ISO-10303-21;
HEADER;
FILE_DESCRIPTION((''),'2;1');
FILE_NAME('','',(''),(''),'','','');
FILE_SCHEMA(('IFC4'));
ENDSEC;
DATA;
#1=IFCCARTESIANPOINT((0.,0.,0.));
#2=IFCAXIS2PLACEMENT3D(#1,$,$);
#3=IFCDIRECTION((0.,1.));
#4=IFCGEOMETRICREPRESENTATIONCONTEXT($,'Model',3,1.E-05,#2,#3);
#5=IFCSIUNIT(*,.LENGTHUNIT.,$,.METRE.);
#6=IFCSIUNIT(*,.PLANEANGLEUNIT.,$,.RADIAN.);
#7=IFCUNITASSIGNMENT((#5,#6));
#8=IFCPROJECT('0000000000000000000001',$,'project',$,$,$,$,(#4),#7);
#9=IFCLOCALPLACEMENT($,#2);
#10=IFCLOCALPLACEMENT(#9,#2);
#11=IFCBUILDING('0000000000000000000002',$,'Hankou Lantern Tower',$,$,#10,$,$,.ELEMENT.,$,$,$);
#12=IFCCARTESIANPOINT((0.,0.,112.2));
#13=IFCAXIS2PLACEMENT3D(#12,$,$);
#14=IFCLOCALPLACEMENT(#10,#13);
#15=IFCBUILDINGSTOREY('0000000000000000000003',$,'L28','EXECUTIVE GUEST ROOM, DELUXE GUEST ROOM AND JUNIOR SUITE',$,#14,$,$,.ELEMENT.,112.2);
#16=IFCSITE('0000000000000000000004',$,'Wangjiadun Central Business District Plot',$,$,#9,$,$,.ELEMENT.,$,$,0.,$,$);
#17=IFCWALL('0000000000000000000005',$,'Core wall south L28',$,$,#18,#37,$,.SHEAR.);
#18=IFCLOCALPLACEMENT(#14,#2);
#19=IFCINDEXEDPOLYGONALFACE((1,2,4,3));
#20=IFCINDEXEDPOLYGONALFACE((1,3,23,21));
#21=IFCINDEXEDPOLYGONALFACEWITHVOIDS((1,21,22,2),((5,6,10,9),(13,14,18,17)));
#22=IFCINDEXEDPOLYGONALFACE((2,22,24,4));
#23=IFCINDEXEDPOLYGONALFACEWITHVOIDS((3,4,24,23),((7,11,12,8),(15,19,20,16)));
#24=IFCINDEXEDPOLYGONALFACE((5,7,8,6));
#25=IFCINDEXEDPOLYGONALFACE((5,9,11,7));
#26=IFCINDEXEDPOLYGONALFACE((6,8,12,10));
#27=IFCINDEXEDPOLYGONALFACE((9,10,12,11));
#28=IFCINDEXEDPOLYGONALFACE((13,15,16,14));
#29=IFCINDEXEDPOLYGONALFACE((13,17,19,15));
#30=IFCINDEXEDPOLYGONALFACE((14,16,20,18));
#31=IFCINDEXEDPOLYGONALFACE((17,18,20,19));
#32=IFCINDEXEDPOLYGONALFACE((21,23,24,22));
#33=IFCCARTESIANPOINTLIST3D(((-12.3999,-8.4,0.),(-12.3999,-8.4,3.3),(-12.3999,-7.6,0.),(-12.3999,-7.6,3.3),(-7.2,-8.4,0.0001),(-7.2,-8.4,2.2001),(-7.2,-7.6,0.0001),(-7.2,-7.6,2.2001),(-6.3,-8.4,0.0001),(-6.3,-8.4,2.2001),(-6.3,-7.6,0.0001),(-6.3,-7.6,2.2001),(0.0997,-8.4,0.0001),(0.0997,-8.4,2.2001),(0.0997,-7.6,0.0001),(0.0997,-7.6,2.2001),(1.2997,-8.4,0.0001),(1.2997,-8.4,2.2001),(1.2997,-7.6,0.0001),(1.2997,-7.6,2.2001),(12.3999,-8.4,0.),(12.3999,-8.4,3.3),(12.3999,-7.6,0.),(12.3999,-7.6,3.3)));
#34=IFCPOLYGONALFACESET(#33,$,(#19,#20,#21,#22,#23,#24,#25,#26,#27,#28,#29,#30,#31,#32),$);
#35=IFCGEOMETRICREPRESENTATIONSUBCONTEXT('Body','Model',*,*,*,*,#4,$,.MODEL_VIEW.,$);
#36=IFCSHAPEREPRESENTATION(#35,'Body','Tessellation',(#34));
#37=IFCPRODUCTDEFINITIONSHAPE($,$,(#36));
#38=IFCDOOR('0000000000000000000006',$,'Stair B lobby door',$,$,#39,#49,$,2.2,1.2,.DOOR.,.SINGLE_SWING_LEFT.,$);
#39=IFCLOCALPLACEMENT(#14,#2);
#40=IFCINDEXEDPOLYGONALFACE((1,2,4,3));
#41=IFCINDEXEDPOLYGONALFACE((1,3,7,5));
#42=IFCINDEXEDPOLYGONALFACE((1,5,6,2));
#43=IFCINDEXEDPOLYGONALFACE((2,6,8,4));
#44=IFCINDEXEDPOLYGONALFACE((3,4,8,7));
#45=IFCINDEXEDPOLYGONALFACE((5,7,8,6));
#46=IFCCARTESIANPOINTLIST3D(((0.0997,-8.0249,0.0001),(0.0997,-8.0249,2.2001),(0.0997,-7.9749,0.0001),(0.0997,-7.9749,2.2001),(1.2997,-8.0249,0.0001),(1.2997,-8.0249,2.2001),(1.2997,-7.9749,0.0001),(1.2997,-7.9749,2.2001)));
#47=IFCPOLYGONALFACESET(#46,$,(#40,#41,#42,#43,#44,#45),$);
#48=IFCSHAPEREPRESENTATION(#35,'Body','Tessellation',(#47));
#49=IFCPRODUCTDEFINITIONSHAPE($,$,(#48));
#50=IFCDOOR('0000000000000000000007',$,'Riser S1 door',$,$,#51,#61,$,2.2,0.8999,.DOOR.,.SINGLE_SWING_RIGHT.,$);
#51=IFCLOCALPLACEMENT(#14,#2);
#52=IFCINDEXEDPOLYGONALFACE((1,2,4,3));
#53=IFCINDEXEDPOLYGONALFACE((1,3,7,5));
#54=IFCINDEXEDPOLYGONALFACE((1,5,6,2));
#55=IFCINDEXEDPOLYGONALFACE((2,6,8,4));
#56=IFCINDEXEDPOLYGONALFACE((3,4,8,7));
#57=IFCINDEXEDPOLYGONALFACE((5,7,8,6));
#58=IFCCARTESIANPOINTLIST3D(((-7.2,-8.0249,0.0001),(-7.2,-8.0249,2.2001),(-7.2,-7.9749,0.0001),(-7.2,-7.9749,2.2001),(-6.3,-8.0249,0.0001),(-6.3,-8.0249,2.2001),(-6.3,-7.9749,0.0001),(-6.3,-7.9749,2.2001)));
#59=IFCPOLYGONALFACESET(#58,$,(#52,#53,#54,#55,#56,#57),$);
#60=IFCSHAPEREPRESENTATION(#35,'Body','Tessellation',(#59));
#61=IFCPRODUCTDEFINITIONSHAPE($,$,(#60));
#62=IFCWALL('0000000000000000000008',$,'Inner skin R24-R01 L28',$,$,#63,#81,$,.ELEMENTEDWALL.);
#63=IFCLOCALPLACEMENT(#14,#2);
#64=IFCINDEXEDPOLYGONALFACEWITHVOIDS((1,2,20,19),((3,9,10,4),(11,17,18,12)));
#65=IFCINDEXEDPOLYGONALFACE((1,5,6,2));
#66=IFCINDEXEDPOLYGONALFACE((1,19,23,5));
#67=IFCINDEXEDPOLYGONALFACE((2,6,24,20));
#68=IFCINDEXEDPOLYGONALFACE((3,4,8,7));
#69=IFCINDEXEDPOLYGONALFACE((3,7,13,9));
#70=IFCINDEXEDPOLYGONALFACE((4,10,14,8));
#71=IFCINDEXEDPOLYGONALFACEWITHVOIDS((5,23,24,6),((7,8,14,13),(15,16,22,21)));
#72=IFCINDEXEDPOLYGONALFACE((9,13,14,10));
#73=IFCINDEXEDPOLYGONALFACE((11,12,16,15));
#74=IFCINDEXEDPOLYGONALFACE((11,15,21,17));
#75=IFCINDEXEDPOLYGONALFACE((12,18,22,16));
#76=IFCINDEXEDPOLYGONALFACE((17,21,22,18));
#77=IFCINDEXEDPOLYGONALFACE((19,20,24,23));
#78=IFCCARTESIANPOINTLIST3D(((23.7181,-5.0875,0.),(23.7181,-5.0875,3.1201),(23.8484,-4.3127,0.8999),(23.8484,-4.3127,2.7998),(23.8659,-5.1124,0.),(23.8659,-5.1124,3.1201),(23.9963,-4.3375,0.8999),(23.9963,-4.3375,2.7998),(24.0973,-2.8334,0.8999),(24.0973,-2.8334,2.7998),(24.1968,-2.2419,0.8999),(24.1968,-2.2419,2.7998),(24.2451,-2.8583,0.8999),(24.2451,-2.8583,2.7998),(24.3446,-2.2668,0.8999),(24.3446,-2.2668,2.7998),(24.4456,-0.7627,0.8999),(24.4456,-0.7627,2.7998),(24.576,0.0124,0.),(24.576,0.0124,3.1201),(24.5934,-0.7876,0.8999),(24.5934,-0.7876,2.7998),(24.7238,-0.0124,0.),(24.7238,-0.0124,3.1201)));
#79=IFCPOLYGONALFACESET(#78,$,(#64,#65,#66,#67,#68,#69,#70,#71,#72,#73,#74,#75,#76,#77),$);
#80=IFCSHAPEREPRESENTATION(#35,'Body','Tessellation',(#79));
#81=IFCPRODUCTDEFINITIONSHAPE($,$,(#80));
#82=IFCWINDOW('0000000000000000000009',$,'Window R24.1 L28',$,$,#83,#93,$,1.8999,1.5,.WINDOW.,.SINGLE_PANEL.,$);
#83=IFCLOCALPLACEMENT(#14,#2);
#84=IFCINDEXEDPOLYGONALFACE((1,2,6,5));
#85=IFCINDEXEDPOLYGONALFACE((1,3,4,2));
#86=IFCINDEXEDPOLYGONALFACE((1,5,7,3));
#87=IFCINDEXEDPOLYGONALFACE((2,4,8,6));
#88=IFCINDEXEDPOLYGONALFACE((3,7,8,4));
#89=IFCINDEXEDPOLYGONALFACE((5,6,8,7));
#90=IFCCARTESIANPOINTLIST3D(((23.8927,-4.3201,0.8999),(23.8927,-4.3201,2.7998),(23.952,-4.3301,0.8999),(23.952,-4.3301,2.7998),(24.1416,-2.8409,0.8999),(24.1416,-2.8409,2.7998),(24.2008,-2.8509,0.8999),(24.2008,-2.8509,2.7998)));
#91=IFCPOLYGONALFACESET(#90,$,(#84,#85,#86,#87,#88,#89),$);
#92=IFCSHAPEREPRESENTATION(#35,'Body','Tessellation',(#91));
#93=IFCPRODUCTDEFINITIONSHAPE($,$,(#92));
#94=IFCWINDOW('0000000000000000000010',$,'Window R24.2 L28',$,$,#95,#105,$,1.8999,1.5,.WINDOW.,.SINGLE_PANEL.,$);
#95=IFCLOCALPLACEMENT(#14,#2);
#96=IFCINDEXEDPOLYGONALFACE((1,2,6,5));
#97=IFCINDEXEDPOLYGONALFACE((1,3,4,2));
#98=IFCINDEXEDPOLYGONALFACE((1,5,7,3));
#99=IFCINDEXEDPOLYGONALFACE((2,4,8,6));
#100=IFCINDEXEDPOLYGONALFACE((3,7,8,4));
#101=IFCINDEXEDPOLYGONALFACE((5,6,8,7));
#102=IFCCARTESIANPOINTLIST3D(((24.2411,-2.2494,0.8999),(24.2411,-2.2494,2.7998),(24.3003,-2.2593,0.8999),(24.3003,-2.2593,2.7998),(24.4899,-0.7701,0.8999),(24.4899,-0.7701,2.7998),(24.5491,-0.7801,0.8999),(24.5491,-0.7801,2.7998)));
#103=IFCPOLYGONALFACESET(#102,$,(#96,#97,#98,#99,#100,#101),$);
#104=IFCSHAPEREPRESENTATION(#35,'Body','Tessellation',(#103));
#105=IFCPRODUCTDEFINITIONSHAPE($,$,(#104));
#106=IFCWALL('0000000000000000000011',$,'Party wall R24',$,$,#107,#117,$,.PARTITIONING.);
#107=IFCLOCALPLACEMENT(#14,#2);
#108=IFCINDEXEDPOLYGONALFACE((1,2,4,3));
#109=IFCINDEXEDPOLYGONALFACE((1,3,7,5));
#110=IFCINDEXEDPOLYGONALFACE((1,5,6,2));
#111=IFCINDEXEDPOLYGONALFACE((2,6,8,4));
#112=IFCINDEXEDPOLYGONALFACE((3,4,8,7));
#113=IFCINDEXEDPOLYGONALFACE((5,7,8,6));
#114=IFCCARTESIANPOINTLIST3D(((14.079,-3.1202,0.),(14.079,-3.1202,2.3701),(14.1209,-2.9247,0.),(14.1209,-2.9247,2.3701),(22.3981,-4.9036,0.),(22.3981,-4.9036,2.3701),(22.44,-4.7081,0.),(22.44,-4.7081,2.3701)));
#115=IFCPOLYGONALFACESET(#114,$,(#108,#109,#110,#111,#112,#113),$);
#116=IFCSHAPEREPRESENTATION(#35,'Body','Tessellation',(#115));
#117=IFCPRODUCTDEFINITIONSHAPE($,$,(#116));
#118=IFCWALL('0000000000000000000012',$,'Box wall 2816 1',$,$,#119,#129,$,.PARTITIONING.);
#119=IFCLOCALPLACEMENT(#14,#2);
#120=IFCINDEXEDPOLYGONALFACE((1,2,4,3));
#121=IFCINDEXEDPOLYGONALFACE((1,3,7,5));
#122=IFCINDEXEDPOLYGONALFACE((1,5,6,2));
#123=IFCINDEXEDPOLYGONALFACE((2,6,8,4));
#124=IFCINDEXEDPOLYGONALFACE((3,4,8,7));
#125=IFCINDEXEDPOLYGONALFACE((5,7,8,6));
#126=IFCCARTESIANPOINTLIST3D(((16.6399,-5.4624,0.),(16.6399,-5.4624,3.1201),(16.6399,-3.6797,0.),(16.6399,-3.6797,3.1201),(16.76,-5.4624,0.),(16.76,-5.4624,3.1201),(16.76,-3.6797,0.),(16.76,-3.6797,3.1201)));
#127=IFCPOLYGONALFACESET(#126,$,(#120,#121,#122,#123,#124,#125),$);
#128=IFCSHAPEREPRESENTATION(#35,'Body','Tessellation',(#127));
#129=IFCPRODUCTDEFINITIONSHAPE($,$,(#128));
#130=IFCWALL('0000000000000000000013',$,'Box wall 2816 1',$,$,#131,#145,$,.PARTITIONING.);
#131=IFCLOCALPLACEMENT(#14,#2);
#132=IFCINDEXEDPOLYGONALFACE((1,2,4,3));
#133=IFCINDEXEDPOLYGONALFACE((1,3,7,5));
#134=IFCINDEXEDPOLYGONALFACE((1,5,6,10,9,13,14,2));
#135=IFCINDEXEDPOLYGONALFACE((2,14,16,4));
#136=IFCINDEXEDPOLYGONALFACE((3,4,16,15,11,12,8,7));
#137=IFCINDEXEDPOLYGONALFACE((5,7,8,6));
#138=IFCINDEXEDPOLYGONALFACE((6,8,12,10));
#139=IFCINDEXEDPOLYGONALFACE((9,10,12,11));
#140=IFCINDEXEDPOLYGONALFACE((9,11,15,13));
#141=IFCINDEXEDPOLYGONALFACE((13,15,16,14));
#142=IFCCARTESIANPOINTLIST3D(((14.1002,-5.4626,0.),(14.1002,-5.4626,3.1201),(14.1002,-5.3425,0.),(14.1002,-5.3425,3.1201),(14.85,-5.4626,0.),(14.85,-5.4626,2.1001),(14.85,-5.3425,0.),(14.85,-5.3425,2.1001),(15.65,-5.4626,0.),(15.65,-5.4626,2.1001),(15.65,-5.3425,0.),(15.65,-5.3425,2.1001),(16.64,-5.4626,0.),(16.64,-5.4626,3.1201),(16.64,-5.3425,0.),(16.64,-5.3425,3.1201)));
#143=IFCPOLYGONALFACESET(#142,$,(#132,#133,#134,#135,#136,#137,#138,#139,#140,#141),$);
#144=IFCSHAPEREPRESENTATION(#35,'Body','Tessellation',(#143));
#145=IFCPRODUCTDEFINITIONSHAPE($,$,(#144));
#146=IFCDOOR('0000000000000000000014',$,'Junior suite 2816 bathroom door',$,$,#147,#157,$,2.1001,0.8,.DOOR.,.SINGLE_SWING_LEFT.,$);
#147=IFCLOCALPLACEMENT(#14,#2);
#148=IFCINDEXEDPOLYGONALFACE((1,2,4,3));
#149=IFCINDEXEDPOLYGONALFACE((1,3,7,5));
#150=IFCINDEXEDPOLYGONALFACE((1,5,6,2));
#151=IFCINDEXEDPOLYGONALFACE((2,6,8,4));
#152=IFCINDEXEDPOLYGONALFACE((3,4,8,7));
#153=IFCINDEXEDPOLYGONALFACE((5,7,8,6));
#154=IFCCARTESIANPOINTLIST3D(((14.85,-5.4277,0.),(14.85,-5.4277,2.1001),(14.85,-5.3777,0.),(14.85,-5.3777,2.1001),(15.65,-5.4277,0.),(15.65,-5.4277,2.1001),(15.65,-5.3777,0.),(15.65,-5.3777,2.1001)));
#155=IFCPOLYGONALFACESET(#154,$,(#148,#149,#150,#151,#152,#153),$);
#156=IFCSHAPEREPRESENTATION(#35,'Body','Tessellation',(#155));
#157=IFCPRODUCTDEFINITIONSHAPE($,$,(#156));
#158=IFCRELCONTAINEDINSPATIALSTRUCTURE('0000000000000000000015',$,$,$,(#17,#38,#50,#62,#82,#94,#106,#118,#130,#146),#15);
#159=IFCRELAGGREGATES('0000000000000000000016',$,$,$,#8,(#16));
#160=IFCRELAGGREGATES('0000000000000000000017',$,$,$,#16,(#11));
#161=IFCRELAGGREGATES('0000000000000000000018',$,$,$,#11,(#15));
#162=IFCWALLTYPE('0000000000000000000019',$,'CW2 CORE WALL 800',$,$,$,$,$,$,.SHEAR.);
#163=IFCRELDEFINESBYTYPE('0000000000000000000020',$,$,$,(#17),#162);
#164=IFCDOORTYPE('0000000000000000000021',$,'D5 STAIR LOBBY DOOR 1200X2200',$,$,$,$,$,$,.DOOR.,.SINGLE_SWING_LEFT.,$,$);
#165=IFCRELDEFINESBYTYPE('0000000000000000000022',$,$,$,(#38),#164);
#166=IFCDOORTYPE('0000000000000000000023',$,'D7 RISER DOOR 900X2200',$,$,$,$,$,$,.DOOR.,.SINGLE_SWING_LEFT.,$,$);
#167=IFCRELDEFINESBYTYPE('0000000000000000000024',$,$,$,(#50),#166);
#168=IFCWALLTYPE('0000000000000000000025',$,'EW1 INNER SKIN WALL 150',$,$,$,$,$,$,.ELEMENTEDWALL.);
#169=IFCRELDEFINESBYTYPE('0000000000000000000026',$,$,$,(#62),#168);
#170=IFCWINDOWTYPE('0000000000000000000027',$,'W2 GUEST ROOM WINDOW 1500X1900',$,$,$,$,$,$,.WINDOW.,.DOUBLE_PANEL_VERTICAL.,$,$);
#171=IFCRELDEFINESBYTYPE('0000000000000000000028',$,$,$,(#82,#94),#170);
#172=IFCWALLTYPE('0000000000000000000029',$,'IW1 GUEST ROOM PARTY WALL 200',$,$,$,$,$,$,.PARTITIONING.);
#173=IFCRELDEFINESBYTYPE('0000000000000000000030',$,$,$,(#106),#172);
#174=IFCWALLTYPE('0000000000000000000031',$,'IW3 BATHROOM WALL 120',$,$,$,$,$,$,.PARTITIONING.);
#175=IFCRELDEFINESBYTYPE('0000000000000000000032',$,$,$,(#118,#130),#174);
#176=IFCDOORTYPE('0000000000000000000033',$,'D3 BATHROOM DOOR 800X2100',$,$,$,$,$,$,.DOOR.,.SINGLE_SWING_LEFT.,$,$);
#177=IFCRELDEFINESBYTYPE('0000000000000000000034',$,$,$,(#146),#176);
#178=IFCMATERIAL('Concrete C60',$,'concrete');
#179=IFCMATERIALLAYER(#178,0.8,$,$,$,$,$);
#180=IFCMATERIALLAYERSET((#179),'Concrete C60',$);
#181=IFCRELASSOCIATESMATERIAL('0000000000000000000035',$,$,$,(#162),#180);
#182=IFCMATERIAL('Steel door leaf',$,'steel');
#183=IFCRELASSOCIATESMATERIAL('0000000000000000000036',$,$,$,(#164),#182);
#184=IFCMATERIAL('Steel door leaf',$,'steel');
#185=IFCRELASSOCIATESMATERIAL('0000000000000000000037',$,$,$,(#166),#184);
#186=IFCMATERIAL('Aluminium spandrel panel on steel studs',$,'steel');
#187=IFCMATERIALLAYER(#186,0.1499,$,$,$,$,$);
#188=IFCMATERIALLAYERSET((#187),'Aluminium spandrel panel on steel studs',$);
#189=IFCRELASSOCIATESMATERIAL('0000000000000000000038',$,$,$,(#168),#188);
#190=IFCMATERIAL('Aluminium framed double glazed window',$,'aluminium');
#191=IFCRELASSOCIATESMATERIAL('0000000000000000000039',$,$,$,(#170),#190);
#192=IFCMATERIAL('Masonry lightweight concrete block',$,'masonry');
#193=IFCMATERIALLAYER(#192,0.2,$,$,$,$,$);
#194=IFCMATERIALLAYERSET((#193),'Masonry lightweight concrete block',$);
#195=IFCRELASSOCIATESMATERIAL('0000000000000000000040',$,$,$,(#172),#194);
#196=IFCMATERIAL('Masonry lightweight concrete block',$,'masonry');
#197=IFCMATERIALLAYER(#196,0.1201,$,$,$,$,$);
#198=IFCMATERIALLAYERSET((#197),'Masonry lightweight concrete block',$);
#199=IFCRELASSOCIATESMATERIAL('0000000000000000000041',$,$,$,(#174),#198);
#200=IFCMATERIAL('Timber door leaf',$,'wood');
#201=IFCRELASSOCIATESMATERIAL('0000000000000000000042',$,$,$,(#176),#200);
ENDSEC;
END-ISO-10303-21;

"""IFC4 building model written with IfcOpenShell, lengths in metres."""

from ifc_helpers import new_model, si_unit, direction, frame, frame_2d, origin, place, context, subcontext, project, spatial, rectangle, extrude, material, layer, layer_set, type_object, element, fill, save


model = new_model("IFC4")

# Units and contexts
model_context = context("Model", 3, precision=1e-05, world=origin(), true_north=direction((0.0, 1.0)))
body_context = subcontext(model_context, "Body", "Model", "MODEL_VIEW")
ifc_project = project(units=[si_unit("LENGTHUNIT", "METRE"), si_unit("PLANEANGLEUNIT", "RADIAN")], contexts=[model_context])

# Site, building, storey
site_placement = place(None, origin())
site = spatial("IfcSite", under=ifc_project, at=site_placement, Name="Wangjiadun Central Business District Plot", CompositionType="ELEMENT", RefElevation=0.0)
building_placement = place(site_placement, origin())
building = spatial("IfcBuilding", under=site, at=building_placement, Name="Hankou Lantern Tower", CompositionType="ELEMENT")
storey_placement = place(building_placement, frame((0.0, 0.0, 112.2)))
storey = spatial("IfcBuildingStorey", under=building, at=storey_placement, Name="L28", Description="EXECUTIVE GUEST ROOM, DELUXE GUEST ROOM AND JUNIOR SUITE", CompositionType="ELEMENT", Elevation=112.2)

# Wall, openings, doors
ifc_material_1 = material(Name="Concrete C60", Category="concrete")
ifc_layer_1 = layer(ifc_material_1, 0.8)
ifc_layer_set_1 = layer_set([ifc_layer_1], Name="Concrete C60")
wall_type_1 = type_object("IfcWallType", Name="CW2 CORE WALL 800", PredefinedType="SHEAR", material=ifc_layer_set_1)
wall_1_placement = place(storey_placement, frame((12.3999, -8.0, 0.0), z_axis=(0.0, 0.0, 1.0), x_axis=(-1.0, 0.0, 0.0)))
wall_1 = element("IfcWall", 1, at=wall_1_placement, inside=storey, type_object=wall_type_1, Name="Core wall south L28", PredefinedType="SHEAR", context=body_context, shape_type="SweptSolid", body=[
    extrude(rectangle(XDim=24.7998, YDim=0.8, at=frame_2d((12.3999, 0.0))), origin(), (0.0, 0.0, 1.0), 3.3),
])
opening_1_placement = place(wall_1_placement, frame((11.1001, 0.0, 0.0)))
opening_1 = element("IfcOpeningElement", 2, at=opening_1_placement, cuts=wall_1, PredefinedType="OPENING", context=body_context, shape_type="SweptSolid", body=[
    extrude(rectangle(XDim=1.2, YDim=2.2, at=frame_2d((0.6001, 1.1001))), frame((0.0, 0.4099, 0.0), z_axis=(0.0, -1.0, 0.0), x_axis=(1.0, 0.0, 0.0)), (0.0, 0.0, 1.0), 0.8201),
])
opening_2_placement = place(wall_1_placement, frame((18.7, 0.0, 0.0)))
opening_2 = element("IfcOpeningElement", 3, at=opening_2_placement, cuts=wall_1, PredefinedType="OPENING", context=body_context, shape_type="SweptSolid", body=[
    extrude(rectangle(XDim=0.8999, YDim=2.2, at=frame_2d((0.45, 1.1001))), frame((0.0, 0.4099, 0.0), z_axis=(0.0, -1.0, 0.0), x_axis=(1.0, 0.0, 0.0)), (0.0, 0.0, 1.0), 0.8201),
])
ifc_material_2 = material(Name="Steel door leaf", Category="steel")
door_type_1 = type_object("IfcDoorType", Name="D5 STAIR LOBBY DOOR 1200X2200", OperationType="SINGLE_SWING_LEFT", PredefinedType="DOOR", material=ifc_material_2)
door_1_placement = place(opening_1_placement, origin())
door_1 = element("IfcDoor", 4, at=door_1_placement, inside=storey, type_object=door_type_1, Name="Stair B lobby door", OperationType="SINGLE_SWING_LEFT", OverallHeight=2.2, OverallWidth=1.2, PredefinedType="DOOR", context=body_context, shape_type="SweptSolid", body=[
    extrude(rectangle(XDim=1.2, YDim=2.2, at=frame_2d((0.6001, 1.1001))), frame((0.0, 0.0249, 0.0), z_axis=(0.0, -1.0, 0.0), x_axis=(1.0, 0.0, 0.0)), (0.0, 0.0, 1.0), 0.05),
])
fill(opening_1, door_1)
ifc_material_3 = material(Name="Steel door leaf", Category="steel")
door_type_2 = type_object("IfcDoorType", Name="D7 RISER DOOR 900X2200", OperationType="SINGLE_SWING_LEFT", PredefinedType="DOOR", material=ifc_material_3)
door_2_placement = place(opening_2_placement, origin())
door_2 = element("IfcDoor", 5, at=door_2_placement, inside=storey, type_object=door_type_2, Name="Riser S1 door", OperationType="SINGLE_SWING_RIGHT", OverallHeight=2.2, OverallWidth=0.8999, PredefinedType="DOOR", context=body_context, shape_type="SweptSolid", body=[
    extrude(rectangle(XDim=0.8999, YDim=2.2, at=frame_2d((0.45, 1.1001))), frame((0.0, 0.0249, 0.0), z_axis=(0.0, -1.0, 0.0), x_axis=(1.0, 0.0, 0.0)), (0.0, 0.0, 1.0), 0.05),
])
fill(opening_2, door_2)

# Wall, openings, windows
ifc_material_4 = material(Name="Aluminium spandrel panel on steel studs", Category="steel")
ifc_layer_2 = layer(ifc_material_4, 0.1499)
ifc_layer_set_2 = layer_set([ifc_layer_2], Name="Aluminium spandrel panel on steel studs")
wall_type_2 = type_object("IfcWallType", Name="EW1 INNER SKIN WALL 150", PredefinedType="ELEMENTEDWALL", material=ifc_layer_set_2)
wall_2_placement = place(storey_placement, frame((23.792, -5.1001, 0.0), z_axis=(0.0, 0.0, 1.0), x_axis=(0.165884, 0.986145, 0.0)))
wall_2 = element("IfcWall", 6, at=wall_2_placement, inside=storey, type_object=wall_type_2, Name="Inner skin R24-R01 L28", PredefinedType="ELEMENTEDWALL", context=body_context, shape_type="SweptSolid", body=[
    extrude(rectangle(XDim=5.1716, YDim=0.1499, at=frame_2d((2.5859, 0.0))), origin(), (0.0, 0.0, 1.0), 3.1201),
])
opening_3_placement = place(wall_2_placement, frame((0.7859, 0.0, 0.8999)))
opening_3 = element("IfcOpeningElement", 7, at=opening_3_placement, cuts=wall_2, PredefinedType="OPENING", context=body_context, shape_type="SweptSolid", body=[
    extrude(rectangle(XDim=1.5, YDim=1.8999, at=frame_2d((0.75, 0.95))), frame((0.0, 0.085, 0.0), z_axis=(0.0, -1.0, 0.0), x_axis=(1.0, 0.0, 0.0)), (0.0, 0.0, 1.0), 0.1699),
])
opening_4_placement = place(wall_2_placement, frame((2.8857, 0.0, 0.8999)))
opening_4 = element("IfcOpeningElement", 8, at=opening_4_placement, cuts=wall_2, PredefinedType="OPENING", context=body_context, shape_type="SweptSolid", body=[
    extrude(rectangle(XDim=1.5, YDim=1.8999, at=frame_2d((0.75, 0.95))), frame((0.0, 0.085, 0.0), z_axis=(0.0, -1.0, 0.0), x_axis=(1.0, 0.0, 0.0)), (0.0, 0.0, 1.0), 0.1699),
])
ifc_material_5 = material(Name="Aluminium framed double glazed window", Category="aluminium")
window_type = type_object("IfcWindowType", Name="W2 GUEST ROOM WINDOW 1500X1900", PartitioningType="DOUBLE_PANEL_VERTICAL", PredefinedType="WINDOW", material=ifc_material_5)
window_1_placement = place(opening_3_placement, origin())
window_1 = element("IfcWindow", 9, at=window_1_placement, inside=storey, type_object=window_type, Name="Window R24.1 L28", OverallHeight=1.8999, OverallWidth=1.5, PartitioningType="SINGLE_PANEL", PredefinedType="WINDOW", context=body_context, shape_type="SweptSolid", body=[
    extrude(rectangle(XDim=1.5, YDim=1.8999, at=frame_2d((0.75, 0.95))), frame((0.0, 0.03, 0.0), z_axis=(0.0, -1.0, 0.0), x_axis=(1.0, 0.0, 0.0)), (0.0, 0.0, 1.0), 0.0601),
])
fill(opening_3, window_1)
window_2_placement = place(opening_4_placement, origin())
window_2 = element("IfcWindow", 10, at=window_2_placement, inside=storey, type_object=window_type, Name="Window R24.2 L28", OverallHeight=1.8999, OverallWidth=1.5, PartitioningType="SINGLE_PANEL", PredefinedType="WINDOW", context=body_context, shape_type="SweptSolid", body=[
    extrude(rectangle(XDim=1.5, YDim=1.8999, at=frame_2d((0.75, 0.95))), frame((0.0, 0.03, 0.0), z_axis=(0.0, -1.0, 0.0), x_axis=(1.0, 0.0, 0.0)), (0.0, 0.0, 1.0), 0.0601),
])
fill(opening_4, window_2)

# Walls
ifc_material_6 = material(Name="Masonry lightweight concrete block", Category="masonry")
ifc_layer_3 = layer(ifc_material_6, 0.2)
ifc_layer_set_3 = layer_set([ifc_layer_3], Name="Masonry lightweight concrete block")
wall_type_3 = type_object("IfcWallType", Name="IW1 GUEST ROOM PARTY WALL 200", PredefinedType="PARTITIONING", material=ifc_layer_set_3)
wall_3_placement = place(storey_placement, frame((14.1001, -3.0225, 0.0), z_axis=(0.0, 0.0, 1.0), x_axis=(0.977784, -0.209617, 0.0)))
element("IfcWall", 11, at=wall_3_placement, inside=storey, type_object=wall_type_3, Name="Party wall R24", PredefinedType="PARTITIONING", context=body_context, shape_type="SweptSolid", body=[
    extrude(rectangle(XDim=8.5081, YDim=0.2, at=frame_2d((4.2539, 0.0))), origin(), (0.0, 0.0, 1.0), 2.3701),
])
ifc_material_7 = material(Name="Masonry lightweight concrete block", Category="masonry")
ifc_layer_4 = layer(ifc_material_7, 0.1201)
ifc_layer_set_4 = layer_set([ifc_layer_4], Name="Masonry lightweight concrete block")
wall_type_4 = type_object("IfcWallType", Name="IW3 BATHROOM WALL 120", PredefinedType="PARTITIONING", material=ifc_layer_set_4)
wall_4_placement = place(storey_placement, frame((16.7, -3.6797, 0.0), z_axis=(0.0, 0.0, 1.0), x_axis=(0.0, -1.0, 0.0)))
element("IfcWall", 12, at=wall_4_placement, inside=storey, type_object=wall_type_4, Name="Box wall 2816 1", PredefinedType="PARTITIONING", context=body_context, shape_type="SweptSolid", body=[
    extrude(rectangle(XDim=1.7827, YDim=0.1201, at=frame_2d((0.8914, 0.0))), origin(), (0.0, 0.0, 1.0), 3.1201),
])

# Wall, opening, door
wall_5_placement = place(storey_placement, frame((14.1001, -5.4026, 0.0), z_axis=(0.0, 0.0, 1.0), x_axis=(1.0, 0.0, 0.0)))
wall_5 = element("IfcWall", 13, at=wall_5_placement, inside=storey, type_object=wall_type_4, Name="Box wall 2816 1", PredefinedType="PARTITIONING", context=body_context, shape_type="SweptSolid", body=[
    extrude(rectangle(XDim=2.5398, YDim=0.1201, at=frame_2d((1.27, 0.0))), origin(), (0.0, 0.0, 1.0), 3.1201),
])
opening_5_placement = place(wall_5_placement, frame((0.75, 0.0, 0.0)))
opening_5 = element("IfcOpeningElement", 14, at=opening_5_placement, cuts=wall_5, PredefinedType="OPENING", context=body_context, shape_type="SweptSolid", body=[
    extrude(rectangle(XDim=0.8, YDim=2.1001, at=frame_2d((0.3999, 1.05))), frame((0.0, 0.0701, 0.0), z_axis=(0.0, -1.0, 0.0), x_axis=(1.0, 0.0, 0.0)), (0.0, 0.0, 1.0), 0.1401),
])
ifc_material_8 = material(Name="Timber door leaf", Category="wood")
door_type_3 = type_object("IfcDoorType", Name="D3 BATHROOM DOOR 800X2100", OperationType="SINGLE_SWING_LEFT", PredefinedType="DOOR", material=ifc_material_8)
door_3_placement = place(opening_5_placement, origin())
door_3 = element("IfcDoor", 15, at=door_3_placement, inside=storey, type_object=door_type_3, Name="Junior suite 2816 bathroom door", OperationType="SINGLE_SWING_LEFT", OverallHeight=2.1001, OverallWidth=0.8, PredefinedType="DOOR", context=body_context, shape_type="SweptSolid", body=[
    extrude(rectangle(XDim=0.8, YDim=2.1001, at=frame_2d((0.3999, 1.05))), frame((0.0, 0.0249, 0.0), z_axis=(0.0, -1.0, 0.0), x_axis=(1.0, 0.0, 0.0)), (0.0, 0.0, 1.0), 0.05),
])
fill(opening_5, door_3)

save(model, "model.ifc")
